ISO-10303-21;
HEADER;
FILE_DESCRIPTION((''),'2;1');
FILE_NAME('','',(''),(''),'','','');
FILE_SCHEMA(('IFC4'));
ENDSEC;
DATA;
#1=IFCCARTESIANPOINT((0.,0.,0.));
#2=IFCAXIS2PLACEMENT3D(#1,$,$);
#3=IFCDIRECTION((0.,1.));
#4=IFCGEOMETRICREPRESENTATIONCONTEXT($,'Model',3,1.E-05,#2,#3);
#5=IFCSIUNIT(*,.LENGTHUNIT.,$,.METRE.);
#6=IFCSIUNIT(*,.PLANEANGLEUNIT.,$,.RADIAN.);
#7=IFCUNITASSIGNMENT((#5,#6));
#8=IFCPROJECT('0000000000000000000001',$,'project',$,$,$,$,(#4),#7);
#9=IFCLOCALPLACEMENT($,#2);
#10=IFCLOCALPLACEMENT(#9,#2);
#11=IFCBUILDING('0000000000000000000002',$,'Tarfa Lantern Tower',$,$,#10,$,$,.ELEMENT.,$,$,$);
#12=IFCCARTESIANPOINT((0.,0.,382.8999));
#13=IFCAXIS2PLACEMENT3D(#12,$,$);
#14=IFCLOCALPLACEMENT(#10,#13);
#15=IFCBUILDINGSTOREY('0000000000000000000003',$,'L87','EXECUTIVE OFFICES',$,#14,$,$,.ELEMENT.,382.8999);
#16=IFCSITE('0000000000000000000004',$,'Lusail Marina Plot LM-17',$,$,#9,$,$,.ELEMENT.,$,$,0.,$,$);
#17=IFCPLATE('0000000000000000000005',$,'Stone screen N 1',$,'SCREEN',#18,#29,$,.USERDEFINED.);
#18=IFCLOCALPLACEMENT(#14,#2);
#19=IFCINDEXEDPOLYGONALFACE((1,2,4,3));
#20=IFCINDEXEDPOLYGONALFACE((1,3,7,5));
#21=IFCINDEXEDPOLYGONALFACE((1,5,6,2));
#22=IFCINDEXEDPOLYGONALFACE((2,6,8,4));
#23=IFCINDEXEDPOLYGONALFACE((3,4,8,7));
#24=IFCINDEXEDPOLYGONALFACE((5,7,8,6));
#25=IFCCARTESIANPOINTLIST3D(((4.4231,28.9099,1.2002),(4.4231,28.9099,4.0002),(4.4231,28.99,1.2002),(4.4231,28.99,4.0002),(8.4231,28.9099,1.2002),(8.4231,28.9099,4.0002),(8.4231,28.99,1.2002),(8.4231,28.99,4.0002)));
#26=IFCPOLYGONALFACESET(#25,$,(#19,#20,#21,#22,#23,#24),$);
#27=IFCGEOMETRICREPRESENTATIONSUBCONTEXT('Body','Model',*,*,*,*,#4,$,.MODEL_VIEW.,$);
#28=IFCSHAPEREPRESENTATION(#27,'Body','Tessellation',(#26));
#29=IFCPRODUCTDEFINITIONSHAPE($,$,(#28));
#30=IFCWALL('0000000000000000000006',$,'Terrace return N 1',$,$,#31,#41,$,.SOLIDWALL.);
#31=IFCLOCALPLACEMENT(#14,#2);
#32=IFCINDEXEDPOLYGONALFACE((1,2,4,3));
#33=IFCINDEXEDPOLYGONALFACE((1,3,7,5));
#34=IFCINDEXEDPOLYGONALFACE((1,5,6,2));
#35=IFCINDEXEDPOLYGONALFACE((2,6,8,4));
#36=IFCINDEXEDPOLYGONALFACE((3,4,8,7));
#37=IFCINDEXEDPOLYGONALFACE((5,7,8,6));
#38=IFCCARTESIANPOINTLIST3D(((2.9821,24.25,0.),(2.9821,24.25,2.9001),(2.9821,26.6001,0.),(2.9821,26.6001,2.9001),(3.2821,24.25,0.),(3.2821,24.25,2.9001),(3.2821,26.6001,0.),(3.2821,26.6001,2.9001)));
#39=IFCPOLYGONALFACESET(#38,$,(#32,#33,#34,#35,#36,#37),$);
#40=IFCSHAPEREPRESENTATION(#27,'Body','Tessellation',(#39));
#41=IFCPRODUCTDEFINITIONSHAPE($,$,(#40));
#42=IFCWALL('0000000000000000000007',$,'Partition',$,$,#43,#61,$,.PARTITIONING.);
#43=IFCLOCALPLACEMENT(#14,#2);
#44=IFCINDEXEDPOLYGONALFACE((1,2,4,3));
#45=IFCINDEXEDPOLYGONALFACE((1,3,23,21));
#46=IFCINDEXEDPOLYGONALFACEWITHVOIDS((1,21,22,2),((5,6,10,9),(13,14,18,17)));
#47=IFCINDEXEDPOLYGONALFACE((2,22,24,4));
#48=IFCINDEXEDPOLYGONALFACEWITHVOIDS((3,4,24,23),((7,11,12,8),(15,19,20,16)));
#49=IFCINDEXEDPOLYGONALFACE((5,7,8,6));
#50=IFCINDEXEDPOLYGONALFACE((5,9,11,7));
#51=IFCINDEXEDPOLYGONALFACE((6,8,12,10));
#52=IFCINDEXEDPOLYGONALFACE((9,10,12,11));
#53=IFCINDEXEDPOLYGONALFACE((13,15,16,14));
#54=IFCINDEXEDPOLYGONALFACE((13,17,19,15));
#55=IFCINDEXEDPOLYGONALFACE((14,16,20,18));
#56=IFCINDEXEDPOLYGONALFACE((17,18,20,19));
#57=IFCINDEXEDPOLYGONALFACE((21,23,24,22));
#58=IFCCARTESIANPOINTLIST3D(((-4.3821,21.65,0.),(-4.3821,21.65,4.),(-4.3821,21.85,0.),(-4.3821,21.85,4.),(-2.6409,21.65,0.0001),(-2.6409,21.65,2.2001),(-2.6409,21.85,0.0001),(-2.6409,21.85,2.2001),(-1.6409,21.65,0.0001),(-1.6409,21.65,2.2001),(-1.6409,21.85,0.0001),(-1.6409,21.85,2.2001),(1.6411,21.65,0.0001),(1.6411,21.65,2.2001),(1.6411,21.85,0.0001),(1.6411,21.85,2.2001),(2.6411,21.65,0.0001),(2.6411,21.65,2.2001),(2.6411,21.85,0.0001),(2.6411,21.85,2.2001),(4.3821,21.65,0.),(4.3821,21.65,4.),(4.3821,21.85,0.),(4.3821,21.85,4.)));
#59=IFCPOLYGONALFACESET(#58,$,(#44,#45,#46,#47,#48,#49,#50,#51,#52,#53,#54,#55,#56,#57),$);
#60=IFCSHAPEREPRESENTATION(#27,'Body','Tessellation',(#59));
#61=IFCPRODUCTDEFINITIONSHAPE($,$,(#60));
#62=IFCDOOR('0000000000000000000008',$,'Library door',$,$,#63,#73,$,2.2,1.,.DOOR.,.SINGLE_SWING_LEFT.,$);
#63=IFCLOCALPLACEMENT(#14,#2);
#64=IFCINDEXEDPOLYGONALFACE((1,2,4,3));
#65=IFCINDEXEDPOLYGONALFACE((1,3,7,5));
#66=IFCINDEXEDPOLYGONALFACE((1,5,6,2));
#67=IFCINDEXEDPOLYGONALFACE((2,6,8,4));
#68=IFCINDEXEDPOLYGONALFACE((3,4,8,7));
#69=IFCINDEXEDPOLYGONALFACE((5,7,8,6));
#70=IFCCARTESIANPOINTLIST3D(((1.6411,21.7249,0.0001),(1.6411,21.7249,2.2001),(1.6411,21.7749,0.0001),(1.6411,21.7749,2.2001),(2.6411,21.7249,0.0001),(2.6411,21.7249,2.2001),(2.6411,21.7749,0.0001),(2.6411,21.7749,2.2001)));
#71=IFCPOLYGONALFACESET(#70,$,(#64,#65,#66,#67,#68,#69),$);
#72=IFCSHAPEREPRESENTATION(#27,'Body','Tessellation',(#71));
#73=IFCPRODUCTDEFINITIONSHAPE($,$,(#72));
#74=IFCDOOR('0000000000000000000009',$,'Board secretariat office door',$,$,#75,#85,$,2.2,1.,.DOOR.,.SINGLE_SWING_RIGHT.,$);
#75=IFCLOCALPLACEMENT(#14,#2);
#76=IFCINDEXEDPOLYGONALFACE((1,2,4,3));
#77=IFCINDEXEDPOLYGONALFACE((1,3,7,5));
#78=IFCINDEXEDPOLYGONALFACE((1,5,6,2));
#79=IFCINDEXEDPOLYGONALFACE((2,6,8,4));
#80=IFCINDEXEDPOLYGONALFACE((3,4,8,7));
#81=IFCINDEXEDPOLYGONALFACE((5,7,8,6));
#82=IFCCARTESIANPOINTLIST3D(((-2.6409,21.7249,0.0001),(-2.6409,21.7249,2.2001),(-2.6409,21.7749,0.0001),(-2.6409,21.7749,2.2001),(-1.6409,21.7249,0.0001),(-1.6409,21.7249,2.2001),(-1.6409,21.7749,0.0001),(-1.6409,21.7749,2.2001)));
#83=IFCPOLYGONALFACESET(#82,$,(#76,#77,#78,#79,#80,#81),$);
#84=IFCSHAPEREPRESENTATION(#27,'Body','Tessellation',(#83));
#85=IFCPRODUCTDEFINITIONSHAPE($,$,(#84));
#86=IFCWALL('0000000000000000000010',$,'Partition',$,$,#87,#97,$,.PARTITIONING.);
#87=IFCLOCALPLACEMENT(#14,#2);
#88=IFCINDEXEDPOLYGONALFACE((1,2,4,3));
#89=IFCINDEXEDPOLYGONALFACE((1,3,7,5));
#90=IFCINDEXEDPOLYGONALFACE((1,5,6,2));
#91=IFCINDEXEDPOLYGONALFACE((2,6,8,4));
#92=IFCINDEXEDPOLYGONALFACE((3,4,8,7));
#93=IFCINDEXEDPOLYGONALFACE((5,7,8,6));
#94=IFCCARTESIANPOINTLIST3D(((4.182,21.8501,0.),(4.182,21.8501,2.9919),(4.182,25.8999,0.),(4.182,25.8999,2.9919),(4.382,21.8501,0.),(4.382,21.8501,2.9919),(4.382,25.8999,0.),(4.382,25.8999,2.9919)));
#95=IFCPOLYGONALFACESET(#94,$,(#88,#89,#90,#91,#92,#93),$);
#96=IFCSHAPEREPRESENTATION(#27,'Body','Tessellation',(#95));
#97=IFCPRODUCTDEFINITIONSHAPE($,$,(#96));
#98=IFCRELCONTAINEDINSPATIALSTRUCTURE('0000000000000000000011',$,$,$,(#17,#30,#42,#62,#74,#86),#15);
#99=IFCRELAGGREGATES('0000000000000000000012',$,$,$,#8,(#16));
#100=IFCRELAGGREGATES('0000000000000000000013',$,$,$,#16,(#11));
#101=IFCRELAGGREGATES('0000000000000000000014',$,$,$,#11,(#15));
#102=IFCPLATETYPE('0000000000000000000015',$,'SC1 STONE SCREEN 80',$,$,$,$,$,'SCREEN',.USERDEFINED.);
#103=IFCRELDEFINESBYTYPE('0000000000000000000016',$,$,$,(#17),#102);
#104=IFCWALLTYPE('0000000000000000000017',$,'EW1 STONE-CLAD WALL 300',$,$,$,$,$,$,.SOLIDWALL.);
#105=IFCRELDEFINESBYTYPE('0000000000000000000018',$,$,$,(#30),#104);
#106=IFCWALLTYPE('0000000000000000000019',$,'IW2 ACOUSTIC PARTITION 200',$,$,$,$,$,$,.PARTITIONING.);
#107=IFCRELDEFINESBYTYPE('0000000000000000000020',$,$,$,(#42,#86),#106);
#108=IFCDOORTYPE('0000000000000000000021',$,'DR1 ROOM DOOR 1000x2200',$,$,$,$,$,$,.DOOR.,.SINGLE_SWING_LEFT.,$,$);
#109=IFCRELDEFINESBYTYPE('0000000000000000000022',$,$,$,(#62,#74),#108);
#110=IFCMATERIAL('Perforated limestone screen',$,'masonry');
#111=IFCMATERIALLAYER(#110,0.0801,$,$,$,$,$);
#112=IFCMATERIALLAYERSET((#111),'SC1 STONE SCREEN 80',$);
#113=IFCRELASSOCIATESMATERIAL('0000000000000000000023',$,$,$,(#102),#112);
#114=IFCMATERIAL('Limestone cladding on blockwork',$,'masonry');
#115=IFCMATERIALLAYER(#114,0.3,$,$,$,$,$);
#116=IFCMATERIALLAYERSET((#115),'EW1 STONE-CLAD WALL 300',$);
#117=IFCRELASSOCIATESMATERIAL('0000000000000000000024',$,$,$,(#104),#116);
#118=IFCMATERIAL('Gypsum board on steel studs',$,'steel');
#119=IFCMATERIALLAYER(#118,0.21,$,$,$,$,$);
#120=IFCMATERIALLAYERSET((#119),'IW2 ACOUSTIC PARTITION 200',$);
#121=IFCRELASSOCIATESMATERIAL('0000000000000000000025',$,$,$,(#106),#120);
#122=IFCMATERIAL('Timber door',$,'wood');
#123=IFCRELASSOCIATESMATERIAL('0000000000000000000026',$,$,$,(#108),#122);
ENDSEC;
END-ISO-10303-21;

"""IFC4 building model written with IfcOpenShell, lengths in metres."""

from ifc_helpers import new_model, si_unit, direction, frame, frame_2d, origin, origin_2d, place, context, subcontext, project, spatial, rectangle, extrude, material, layer, layer_set, type_object, element, fill, save


model = new_model("IFC4")

# Units and contexts
model_context = context("Model", 3, precision=1e-05, world=origin(), true_north=direction((0.0, 1.0)))
body_context = subcontext(model_context, "Body", "Model", "MODEL_VIEW")
ifc_project = project(units=[si_unit("LENGTHUNIT", "METRE"), si_unit("PLANEANGLEUNIT", "RADIAN")], contexts=[model_context])

# Site, building, storey
site_placement = place(None, origin())
site = spatial("IfcSite", under=ifc_project, at=site_placement, Name="Lusail Marina Plot LM-17", CompositionType="ELEMENT", RefElevation=0.0)
building_placement = place(site_placement, origin())
building = spatial("IfcBuilding", under=site, at=building_placement, Name="Tarfa Lantern Tower", CompositionType="ELEMENT")
storey_placement = place(building_placement, frame((0.0, 0.0, 382.8999)))
storey = spatial("IfcBuildingStorey", under=building, at=storey_placement, Name="L87", Description="EXECUTIVE OFFICES", CompositionType="ELEMENT", Elevation=382.8999)

# Plate
ifc_material_1 = material(Name="Perforated limestone screen", Category="masonry")
ifc_layer_1 = layer(ifc_material_1, 0.0801)
ifc_layer_set_1 = layer_set([ifc_layer_1], Name="SC1 STONE SCREEN 80")
plate_type_1 = type_object("IfcPlateType", Name="SC1 STONE SCREEN 80", ElementType="SCREEN", PredefinedType="USERDEFINED", material=ifc_layer_set_1)
plate_1_placement = place(storey_placement, frame((6.4231, 28.95, 1.2002), z_axis=(0.0, 0.0, 1.0), x_axis=(-1.0, 0.0, 0.0)))
element("IfcPlate", 1, at=plate_1_placement, inside=storey, type_object=plate_type_1, Name="Stone screen N 1", ObjectType="SCREEN", PredefinedType="USERDEFINED", context=body_context, shape_type="SweptSolid", body=[
    extrude(rectangle(XDim=4.0, YDim=0.0801, at=origin_2d()), origin(), (0.0, 0.0, 1.0), 2.8),
])

# Shared definitions
ifc_material_2 = material(Name="Limestone cladding on blockwork", Category="masonry")
ifc_layer_2 = layer(ifc_material_2, 0.3)
ifc_layer_set_2 = layer_set([ifc_layer_2], Name="EW1 STONE-CLAD WALL 300")
wall_type_1 = type_object("IfcWallType", Name="EW1 STONE-CLAD WALL 300", PredefinedType="SOLIDWALL", material=ifc_layer_set_2)

# Wall
wall_1_placement = place(storey_placement, frame((3.1321, 26.6001, 0.0), z_axis=(0.0, 0.0, 1.0), x_axis=(0.0, -1.0, 0.0)))
element("IfcWall", 2, at=wall_1_placement, inside=storey, type_object=wall_type_1, Name="Terrace return N 1", PredefinedType="SOLIDWALL", context=body_context, shape_type="SweptSolid", body=[
    extrude(rectangle(XDim=2.3501, YDim=0.3, at=frame_2d((1.175, 0.0))), origin(), (0.0, 0.0, 1.0), 2.9001),
])

# Wall, openings, doors
ifc_material_3 = material(Name="Gypsum board on steel studs", Category="steel")
ifc_layer_3 = layer(ifc_material_3, 0.21)
ifc_layer_set_3 = layer_set([ifc_layer_3], Name="IW2 ACOUSTIC PARTITION 200")
wall_type_2 = type_object("IfcWallType", Name="IW2 ACOUSTIC PARTITION 200", PredefinedType="PARTITIONING", material=ifc_layer_set_3)
wall_2_placement = place(storey_placement, frame((4.3821, 21.75, 0.0), z_axis=(0.0, 0.0, 1.0), x_axis=(-1.0, 0.0, 0.0)))
wall_2 = element("IfcWall", 3, at=wall_2_placement, inside=storey, type_object=wall_type_2, Name="Partition", PredefinedType="PARTITIONING", context=body_context, shape_type="SweptSolid", body=[
    extrude(rectangle(XDim=8.7642, YDim=0.2, at=frame_2d((4.3821, 0.0))), origin(), (0.0, 0.0, 1.0), 4.0),
])
opening_1_placement = place(wall_2_placement, frame((1.741, 0.0, 0.0)))
opening_1 = element("IfcOpeningElement", 4, at=opening_1_placement, cuts=wall_2, PredefinedType="OPENING", context=body_context, shape_type="SweptSolid", body=[
    extrude(rectangle(XDim=1.0, YDim=2.2, at=frame_2d((0.5, 1.1001))), frame((0.0, 0.1099, 0.0), z_axis=(0.0, -1.0, 0.0), x_axis=(1.0, 0.0, 0.0)), (0.0, 0.0, 1.0), 0.22),
])
opening_2_placement = place(wall_2_placement, frame((6.0229, 0.0, 0.0)))
opening_2 = element("IfcOpeningElement", 5, at=opening_2_placement, cuts=wall_2, PredefinedType="OPENING", context=body_context, shape_type="SweptSolid", body=[
    extrude(rectangle(XDim=1.0, YDim=2.2, at=frame_2d((0.5, 1.1001))), frame((0.0, 0.1099, 0.0), z_axis=(0.0, -1.0, 0.0), x_axis=(1.0, 0.0, 0.0)), (0.0, 0.0, 1.0), 0.22),
])
ifc_material_4 = material(Name="Timber door", Category="wood")
door_type_1 = type_object("IfcDoorType", Name="DR1 ROOM DOOR 1000x2200", OperationType="SINGLE_SWING_LEFT", PredefinedType="DOOR", material=ifc_material_4)
door_1_placement = place(opening_1_placement, frame((1.0, 0.0, 0.0), z_axis=(0.0, 0.0, 1.0), x_axis=(-1.0, 0.0, 0.0)))
door_1 = element("IfcDoor", 6, at=door_1_placement, inside=storey, type_object=door_type_1, Name="Library door", OperationType="SINGLE_SWING_LEFT", OverallHeight=2.2, OverallWidth=1.0, PredefinedType="DOOR", context=body_context, shape_type="SweptSolid", body=[
    extrude(rectangle(XDim=1.0, YDim=2.2, at=frame_2d((0.5, 1.1001))), frame((0.0, 0.0249, 0.0), z_axis=(0.0, -1.0, 0.0), x_axis=(1.0, 0.0, 0.0)), (0.0, 0.0, 1.0), 0.05),
])
fill(opening_1, door_1)
door_2_placement = place(opening_2_placement, frame((1.0, 0.0, 0.0), z_axis=(0.0, 0.0, 1.0), x_axis=(-1.0, 0.0, 0.0)))
door_2 = element("IfcDoor", 7, at=door_2_placement, inside=storey, type_object=door_type_1, Name="Board secretariat office door", OperationType="SINGLE_SWING_RIGHT", OverallHeight=2.2, OverallWidth=1.0, PredefinedType="DOOR", context=body_context, shape_type="SweptSolid", body=[
    extrude(rectangle(XDim=1.0, YDim=2.2, at=frame_2d((0.5, 1.1001))), frame((0.0, 0.0249, 0.0), z_axis=(0.0, -1.0, 0.0), x_axis=(1.0, 0.0, 0.0)), (0.0, 0.0, 1.0), 0.05),
])
fill(opening_2, door_2)

# Wall
wall_3_placement = place(storey_placement, frame((4.282, 21.8501, 0.0), z_axis=(0.0, 0.0, 1.0), x_axis=(0.0, 1.0, 0.0)))
element("IfcWall", 8, at=wall_3_placement, inside=storey, type_object=wall_type_2, Name="Partition", PredefinedType="PARTITIONING", context=body_context, shape_type="SweptSolid", body=[
    extrude(rectangle(XDim=4.0498, YDim=0.2, at=frame_2d((2.0249, 0.0))), origin(), (0.0, 0.0, 1.0), 2.9919),
])

save(model, "model.ifc")
